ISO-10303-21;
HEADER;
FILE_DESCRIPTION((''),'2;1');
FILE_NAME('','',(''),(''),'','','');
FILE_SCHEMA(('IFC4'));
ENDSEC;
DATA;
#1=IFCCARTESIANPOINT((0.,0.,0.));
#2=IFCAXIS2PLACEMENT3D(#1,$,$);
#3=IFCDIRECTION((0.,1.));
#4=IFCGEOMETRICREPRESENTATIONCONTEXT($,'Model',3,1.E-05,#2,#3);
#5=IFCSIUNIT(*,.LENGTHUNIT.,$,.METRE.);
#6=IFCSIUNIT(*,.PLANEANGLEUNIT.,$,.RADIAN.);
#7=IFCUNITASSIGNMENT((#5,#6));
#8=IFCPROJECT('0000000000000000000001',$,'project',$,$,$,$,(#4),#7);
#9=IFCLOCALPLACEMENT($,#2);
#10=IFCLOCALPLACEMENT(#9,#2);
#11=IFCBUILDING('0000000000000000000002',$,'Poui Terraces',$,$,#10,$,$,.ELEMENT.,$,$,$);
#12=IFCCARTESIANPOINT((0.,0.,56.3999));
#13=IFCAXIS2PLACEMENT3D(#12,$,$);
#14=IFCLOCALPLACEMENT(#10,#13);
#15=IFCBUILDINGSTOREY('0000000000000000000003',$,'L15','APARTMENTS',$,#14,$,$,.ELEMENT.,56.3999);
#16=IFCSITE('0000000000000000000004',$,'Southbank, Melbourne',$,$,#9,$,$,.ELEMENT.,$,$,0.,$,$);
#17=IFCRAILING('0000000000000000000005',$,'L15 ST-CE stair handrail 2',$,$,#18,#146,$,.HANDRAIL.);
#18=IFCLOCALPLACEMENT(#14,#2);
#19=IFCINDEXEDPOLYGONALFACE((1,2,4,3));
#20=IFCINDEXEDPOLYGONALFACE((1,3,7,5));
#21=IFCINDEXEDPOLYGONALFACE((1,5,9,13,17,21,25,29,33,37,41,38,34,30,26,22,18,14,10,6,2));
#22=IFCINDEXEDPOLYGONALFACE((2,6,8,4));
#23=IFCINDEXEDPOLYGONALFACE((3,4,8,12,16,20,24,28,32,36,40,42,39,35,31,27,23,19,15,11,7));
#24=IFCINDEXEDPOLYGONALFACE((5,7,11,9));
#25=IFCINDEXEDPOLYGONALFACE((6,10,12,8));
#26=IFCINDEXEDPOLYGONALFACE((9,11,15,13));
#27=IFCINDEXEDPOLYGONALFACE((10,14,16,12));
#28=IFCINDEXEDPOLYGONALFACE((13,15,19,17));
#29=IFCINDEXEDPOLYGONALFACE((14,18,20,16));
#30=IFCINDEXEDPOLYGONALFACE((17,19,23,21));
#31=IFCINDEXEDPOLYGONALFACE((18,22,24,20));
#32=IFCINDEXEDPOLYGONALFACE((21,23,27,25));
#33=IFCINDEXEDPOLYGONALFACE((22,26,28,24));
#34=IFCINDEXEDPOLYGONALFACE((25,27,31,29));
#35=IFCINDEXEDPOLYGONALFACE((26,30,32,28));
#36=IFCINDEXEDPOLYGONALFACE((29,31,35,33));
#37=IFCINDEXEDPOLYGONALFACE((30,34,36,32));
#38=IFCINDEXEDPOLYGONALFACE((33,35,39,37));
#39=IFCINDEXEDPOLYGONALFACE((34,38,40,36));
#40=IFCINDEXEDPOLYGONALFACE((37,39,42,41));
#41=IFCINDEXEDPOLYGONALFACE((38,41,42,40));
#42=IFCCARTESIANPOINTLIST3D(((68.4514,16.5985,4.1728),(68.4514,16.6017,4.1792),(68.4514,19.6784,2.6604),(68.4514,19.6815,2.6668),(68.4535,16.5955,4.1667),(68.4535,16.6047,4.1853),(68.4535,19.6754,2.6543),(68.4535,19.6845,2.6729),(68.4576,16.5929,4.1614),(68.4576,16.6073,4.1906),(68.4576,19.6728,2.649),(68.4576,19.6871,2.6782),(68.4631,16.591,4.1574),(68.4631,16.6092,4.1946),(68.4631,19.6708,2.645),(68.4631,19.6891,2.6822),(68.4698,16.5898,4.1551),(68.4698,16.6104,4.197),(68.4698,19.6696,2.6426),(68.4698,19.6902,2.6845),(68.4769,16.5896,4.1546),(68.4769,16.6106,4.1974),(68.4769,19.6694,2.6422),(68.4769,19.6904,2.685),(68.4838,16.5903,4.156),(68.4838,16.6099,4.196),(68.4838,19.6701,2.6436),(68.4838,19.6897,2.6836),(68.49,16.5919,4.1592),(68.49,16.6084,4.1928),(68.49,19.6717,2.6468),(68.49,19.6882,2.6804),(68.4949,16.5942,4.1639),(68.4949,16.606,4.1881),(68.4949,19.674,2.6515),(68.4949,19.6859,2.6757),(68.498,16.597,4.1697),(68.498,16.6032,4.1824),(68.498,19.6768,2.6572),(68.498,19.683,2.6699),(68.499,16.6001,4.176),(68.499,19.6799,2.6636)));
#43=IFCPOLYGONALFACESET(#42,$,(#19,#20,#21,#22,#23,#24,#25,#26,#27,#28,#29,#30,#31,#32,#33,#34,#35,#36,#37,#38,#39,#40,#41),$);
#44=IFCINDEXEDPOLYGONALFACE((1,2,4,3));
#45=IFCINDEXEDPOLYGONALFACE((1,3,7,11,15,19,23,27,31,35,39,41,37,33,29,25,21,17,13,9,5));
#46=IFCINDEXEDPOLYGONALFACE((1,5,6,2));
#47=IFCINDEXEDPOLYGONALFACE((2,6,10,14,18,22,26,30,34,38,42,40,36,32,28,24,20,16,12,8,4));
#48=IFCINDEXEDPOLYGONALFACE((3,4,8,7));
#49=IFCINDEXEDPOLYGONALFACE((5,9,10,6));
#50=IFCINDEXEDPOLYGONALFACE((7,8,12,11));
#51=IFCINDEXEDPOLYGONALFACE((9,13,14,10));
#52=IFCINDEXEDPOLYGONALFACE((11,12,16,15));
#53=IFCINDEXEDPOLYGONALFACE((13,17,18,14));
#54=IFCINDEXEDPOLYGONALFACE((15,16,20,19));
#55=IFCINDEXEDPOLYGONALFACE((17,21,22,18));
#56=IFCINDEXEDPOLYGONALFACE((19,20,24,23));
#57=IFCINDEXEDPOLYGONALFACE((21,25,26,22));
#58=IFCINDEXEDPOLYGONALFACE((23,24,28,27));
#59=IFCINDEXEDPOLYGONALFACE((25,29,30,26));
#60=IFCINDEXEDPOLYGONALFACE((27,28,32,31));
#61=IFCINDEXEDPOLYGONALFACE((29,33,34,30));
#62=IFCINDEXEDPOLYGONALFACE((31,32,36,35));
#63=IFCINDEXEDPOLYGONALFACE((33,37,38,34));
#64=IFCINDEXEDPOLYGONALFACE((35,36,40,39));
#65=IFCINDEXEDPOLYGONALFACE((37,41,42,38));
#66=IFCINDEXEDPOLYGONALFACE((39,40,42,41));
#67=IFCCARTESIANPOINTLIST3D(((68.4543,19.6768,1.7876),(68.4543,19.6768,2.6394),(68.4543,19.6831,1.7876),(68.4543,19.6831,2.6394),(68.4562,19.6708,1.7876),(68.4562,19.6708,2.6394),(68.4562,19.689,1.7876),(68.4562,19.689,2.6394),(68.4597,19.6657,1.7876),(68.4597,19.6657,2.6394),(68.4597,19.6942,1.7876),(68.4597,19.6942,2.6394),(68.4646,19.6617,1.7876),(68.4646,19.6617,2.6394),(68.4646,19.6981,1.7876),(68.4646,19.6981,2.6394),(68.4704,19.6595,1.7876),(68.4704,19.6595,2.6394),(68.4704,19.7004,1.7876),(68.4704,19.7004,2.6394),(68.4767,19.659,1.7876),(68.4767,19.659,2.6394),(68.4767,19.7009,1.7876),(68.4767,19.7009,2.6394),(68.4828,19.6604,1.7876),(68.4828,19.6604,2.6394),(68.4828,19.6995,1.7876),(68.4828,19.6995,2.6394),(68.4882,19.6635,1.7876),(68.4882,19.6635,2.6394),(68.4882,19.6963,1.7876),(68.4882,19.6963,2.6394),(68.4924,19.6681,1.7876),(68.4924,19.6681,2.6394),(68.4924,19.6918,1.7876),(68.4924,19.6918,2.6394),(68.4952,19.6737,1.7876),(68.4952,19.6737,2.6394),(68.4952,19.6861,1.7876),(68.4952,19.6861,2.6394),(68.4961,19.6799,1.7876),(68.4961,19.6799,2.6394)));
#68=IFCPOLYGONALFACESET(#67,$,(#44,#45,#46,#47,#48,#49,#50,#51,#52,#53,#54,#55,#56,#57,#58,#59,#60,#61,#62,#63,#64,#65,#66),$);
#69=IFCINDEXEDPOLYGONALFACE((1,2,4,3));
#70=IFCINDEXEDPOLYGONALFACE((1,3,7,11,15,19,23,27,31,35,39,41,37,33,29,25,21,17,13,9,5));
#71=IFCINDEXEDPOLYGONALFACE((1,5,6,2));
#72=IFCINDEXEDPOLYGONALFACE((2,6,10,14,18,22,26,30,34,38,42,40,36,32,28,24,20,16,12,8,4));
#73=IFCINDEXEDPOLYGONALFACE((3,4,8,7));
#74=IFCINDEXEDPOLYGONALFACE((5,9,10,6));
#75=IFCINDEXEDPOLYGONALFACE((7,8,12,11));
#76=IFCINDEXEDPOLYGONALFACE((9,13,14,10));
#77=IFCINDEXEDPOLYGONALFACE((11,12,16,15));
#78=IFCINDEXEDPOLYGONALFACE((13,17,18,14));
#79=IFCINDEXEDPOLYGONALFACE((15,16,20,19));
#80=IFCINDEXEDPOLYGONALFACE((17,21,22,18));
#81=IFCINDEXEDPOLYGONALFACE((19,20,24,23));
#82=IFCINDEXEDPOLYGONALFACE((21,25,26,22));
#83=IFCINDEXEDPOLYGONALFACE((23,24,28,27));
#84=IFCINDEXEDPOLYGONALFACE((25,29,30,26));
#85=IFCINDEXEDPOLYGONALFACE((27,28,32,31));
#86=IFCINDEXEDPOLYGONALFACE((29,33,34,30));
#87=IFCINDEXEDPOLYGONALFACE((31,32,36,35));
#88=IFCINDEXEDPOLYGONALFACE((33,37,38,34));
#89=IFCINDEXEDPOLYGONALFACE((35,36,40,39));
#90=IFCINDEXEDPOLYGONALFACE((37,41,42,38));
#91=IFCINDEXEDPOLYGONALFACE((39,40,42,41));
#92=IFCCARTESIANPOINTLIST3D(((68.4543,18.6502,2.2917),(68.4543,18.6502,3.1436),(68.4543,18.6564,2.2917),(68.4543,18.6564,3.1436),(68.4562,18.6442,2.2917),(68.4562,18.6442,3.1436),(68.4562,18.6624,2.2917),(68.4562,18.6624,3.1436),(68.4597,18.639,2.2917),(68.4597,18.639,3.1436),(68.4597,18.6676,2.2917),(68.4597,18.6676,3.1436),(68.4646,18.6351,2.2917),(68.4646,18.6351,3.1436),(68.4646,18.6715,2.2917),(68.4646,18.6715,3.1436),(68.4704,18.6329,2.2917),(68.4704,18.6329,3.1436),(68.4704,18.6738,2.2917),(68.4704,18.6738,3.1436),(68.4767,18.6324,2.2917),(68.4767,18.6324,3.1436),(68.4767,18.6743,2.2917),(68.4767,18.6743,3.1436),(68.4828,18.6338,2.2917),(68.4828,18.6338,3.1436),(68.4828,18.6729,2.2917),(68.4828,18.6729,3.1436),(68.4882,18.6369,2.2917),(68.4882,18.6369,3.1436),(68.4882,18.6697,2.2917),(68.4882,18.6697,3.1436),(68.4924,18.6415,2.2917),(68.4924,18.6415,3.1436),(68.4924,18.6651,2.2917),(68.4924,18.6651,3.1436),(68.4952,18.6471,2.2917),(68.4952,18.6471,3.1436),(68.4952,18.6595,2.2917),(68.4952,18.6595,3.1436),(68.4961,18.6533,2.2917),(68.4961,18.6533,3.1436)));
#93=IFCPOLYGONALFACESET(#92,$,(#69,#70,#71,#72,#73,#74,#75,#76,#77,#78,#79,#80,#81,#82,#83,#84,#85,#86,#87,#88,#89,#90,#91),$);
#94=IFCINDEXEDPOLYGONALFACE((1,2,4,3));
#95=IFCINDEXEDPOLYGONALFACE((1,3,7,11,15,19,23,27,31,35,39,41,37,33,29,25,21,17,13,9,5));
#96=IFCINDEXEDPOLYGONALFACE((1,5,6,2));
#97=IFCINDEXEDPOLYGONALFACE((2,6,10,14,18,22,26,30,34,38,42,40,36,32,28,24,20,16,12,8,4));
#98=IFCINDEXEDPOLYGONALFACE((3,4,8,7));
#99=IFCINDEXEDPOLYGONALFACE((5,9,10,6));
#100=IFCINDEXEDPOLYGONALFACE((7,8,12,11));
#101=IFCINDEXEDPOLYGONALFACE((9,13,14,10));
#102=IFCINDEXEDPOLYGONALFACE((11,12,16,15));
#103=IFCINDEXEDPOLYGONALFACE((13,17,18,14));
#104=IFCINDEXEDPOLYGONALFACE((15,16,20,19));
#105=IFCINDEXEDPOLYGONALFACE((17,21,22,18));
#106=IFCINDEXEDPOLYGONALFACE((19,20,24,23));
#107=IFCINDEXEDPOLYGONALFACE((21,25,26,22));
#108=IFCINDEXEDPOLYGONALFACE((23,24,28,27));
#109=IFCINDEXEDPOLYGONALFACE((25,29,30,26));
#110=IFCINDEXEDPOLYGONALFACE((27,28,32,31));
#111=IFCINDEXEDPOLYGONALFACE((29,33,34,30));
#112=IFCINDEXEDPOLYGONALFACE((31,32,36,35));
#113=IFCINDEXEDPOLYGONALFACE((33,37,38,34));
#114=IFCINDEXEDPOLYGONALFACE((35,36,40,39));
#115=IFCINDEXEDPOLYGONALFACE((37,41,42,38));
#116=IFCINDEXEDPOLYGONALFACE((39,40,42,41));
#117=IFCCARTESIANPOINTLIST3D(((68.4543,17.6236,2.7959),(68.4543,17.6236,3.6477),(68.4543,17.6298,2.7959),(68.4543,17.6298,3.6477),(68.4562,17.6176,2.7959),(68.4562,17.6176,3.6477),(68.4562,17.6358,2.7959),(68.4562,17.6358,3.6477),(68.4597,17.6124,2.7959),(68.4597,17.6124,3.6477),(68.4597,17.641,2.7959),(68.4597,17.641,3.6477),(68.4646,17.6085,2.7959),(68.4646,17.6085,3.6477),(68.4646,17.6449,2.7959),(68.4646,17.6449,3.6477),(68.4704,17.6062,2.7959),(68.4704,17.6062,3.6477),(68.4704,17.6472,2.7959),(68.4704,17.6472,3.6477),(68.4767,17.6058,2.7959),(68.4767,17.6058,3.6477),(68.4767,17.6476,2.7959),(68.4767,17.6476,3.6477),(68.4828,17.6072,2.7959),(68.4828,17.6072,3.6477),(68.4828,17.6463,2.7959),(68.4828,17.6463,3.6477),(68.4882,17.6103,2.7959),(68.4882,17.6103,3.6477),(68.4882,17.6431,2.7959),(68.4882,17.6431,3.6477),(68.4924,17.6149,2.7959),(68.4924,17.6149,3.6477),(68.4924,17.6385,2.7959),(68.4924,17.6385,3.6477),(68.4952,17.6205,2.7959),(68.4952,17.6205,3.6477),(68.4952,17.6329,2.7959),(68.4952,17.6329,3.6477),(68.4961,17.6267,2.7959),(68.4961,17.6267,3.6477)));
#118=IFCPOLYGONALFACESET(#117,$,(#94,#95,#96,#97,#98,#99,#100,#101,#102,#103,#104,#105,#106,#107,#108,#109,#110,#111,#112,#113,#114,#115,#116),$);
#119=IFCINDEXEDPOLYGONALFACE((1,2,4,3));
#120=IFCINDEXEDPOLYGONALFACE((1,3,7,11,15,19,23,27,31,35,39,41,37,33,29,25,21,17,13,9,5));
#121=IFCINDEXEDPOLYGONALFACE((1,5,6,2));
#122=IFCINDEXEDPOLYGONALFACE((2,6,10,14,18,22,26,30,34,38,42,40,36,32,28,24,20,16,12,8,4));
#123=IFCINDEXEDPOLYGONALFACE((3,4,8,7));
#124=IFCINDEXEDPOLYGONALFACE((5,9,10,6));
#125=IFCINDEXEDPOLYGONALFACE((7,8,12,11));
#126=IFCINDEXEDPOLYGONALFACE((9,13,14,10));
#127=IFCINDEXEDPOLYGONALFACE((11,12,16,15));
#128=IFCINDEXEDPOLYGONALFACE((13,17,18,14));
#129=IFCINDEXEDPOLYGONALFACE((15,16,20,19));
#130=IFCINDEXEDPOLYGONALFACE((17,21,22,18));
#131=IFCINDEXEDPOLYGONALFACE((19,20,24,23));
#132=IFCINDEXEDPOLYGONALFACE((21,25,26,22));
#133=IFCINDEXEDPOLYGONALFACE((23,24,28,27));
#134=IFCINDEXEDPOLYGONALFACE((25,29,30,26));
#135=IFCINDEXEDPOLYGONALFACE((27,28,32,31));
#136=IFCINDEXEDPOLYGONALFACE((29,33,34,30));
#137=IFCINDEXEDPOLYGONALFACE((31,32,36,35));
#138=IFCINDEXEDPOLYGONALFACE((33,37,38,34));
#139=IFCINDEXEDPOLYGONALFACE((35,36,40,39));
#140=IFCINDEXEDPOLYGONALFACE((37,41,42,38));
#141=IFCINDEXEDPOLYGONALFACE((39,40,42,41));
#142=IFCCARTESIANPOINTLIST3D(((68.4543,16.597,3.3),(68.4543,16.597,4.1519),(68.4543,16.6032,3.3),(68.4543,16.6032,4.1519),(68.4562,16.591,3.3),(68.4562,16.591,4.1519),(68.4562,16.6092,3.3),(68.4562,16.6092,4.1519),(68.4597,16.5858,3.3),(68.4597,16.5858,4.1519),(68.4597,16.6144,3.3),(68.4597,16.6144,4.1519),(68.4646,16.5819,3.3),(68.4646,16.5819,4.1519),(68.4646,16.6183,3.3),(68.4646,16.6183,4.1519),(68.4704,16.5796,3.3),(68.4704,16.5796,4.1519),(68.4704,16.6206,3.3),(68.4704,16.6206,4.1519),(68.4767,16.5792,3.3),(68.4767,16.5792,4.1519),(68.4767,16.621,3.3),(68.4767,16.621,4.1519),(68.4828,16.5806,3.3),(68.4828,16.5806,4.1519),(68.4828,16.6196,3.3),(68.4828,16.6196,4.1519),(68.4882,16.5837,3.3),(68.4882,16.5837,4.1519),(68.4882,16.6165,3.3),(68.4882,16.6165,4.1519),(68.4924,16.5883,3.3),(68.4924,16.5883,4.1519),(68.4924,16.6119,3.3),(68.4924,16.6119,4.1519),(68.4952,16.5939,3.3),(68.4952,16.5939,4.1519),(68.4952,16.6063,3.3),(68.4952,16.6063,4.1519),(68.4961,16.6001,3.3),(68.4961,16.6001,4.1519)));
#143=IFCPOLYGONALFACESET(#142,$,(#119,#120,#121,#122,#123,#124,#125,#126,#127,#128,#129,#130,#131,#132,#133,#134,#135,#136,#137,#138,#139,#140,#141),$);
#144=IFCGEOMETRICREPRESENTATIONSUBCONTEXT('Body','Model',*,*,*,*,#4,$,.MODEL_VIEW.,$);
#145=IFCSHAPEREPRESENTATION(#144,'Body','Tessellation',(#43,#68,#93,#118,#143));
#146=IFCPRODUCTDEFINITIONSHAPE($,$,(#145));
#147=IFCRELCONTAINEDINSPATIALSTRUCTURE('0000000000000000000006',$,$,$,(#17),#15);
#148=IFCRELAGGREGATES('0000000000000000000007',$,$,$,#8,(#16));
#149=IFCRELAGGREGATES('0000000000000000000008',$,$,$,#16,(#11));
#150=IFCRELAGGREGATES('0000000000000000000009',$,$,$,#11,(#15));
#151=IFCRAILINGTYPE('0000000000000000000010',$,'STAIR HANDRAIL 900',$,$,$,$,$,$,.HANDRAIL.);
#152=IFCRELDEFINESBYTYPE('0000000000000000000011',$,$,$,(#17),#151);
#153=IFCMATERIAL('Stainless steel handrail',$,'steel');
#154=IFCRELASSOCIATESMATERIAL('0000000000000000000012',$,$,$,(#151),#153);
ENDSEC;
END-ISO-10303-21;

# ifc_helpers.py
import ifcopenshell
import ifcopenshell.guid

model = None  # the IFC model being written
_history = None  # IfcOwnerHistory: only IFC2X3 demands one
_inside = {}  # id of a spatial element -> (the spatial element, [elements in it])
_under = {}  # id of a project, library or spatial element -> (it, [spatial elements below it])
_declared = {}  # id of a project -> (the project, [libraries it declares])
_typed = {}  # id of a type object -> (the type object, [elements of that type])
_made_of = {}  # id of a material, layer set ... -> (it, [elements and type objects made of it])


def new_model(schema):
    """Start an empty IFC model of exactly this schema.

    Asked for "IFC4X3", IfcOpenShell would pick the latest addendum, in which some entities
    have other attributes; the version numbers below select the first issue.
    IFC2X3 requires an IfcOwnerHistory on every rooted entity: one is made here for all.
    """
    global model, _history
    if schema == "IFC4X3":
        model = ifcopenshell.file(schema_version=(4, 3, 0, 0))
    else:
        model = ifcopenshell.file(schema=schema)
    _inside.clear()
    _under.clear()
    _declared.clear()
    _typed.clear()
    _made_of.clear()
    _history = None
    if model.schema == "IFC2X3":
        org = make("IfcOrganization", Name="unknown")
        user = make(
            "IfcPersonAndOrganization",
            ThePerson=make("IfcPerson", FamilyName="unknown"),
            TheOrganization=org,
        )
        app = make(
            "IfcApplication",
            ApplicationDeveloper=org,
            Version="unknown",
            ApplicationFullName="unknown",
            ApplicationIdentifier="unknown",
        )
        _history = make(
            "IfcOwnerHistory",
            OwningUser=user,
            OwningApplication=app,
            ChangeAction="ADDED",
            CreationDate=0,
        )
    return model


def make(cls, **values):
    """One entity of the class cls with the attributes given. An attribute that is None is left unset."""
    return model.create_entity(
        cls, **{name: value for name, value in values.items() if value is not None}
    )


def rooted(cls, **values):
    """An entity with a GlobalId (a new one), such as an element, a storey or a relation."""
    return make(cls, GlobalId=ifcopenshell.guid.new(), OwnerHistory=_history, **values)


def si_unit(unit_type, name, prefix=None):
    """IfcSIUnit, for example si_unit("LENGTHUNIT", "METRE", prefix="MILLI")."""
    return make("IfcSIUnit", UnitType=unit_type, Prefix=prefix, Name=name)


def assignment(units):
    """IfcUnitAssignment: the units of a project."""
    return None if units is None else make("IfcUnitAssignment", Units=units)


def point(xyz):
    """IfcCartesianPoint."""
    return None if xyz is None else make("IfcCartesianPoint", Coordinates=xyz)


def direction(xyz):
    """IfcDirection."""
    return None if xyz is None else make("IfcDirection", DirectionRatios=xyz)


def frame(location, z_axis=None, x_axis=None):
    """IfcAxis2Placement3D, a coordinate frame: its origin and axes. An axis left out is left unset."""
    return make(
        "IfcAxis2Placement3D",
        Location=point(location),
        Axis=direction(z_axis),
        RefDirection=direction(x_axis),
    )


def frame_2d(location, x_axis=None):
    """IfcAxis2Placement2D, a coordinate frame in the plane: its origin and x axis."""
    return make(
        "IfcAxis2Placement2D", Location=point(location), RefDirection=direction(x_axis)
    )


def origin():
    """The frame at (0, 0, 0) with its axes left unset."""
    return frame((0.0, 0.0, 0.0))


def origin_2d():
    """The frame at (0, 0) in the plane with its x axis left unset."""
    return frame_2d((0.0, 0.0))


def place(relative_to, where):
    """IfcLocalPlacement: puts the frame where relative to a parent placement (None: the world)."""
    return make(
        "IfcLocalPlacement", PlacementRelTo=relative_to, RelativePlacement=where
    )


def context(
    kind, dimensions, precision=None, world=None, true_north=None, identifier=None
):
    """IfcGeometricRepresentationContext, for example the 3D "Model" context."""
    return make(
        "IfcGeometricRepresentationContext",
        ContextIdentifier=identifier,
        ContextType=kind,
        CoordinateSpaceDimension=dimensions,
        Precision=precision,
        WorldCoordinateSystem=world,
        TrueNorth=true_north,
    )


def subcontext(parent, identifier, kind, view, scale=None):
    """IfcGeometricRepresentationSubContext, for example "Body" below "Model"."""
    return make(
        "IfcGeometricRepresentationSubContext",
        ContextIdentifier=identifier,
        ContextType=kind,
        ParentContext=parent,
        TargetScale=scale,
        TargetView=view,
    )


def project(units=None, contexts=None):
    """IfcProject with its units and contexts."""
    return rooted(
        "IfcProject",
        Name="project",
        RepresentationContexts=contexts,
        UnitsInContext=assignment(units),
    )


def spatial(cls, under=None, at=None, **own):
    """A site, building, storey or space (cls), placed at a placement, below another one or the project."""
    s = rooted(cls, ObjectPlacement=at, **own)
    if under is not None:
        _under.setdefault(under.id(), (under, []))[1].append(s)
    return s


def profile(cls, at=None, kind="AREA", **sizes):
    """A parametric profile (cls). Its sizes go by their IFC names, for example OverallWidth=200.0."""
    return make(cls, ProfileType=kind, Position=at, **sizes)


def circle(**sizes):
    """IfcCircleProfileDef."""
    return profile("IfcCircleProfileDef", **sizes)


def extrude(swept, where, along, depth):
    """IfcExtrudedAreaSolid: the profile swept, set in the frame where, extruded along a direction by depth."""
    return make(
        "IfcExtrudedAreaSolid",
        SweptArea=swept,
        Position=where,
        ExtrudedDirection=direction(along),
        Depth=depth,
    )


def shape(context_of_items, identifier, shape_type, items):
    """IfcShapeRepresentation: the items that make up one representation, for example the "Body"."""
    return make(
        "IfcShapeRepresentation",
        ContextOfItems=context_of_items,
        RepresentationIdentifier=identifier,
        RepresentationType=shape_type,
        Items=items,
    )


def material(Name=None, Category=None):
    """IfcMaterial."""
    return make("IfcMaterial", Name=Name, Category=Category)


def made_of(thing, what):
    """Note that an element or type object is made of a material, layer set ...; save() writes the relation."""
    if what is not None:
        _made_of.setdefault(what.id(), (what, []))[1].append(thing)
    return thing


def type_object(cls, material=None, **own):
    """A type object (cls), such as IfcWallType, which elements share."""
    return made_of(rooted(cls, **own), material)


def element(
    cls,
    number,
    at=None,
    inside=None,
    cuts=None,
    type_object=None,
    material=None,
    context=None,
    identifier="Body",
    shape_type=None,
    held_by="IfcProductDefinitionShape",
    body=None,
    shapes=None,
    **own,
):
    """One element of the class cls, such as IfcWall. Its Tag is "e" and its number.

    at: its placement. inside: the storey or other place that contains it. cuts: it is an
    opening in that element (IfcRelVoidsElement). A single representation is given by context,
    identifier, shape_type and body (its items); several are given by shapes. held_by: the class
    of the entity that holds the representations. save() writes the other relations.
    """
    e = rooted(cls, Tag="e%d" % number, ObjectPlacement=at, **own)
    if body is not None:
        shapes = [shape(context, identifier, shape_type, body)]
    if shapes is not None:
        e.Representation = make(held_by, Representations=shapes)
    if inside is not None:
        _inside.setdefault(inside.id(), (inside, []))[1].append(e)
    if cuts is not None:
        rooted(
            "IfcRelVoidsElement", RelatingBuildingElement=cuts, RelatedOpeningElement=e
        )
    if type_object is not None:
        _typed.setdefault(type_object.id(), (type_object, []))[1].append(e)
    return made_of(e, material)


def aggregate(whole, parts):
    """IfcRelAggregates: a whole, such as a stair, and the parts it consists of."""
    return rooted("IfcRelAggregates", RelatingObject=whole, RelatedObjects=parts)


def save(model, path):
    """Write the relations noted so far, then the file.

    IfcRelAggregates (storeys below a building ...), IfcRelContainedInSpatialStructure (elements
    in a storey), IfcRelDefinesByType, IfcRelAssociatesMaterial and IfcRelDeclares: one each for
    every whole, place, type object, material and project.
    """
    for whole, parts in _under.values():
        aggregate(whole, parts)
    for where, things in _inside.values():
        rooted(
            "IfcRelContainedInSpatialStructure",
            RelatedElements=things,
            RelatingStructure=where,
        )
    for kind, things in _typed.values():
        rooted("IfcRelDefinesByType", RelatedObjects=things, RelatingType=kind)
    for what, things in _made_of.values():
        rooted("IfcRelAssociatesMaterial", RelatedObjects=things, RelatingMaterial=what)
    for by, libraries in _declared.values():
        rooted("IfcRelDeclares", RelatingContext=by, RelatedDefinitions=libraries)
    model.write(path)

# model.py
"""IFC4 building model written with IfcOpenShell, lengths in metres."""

from ifc_helpers import new_model, si_unit, direction, frame, origin, origin_2d, place, context, subcontext, project, spatial, circle, extrude, material, type_object, element, save


model = new_model("IFC4")

# Units and contexts
model_context = context("Model", 3, precision=1e-05, world=origin(), true_north=direction((0.0, 1.0)))
body_context = subcontext(model_context, "Body", "Model", "MODEL_VIEW")
ifc_project = project(units=[si_unit("LENGTHUNIT", "METRE"), si_unit("PLANEANGLEUNIT", "RADIAN")], contexts=[model_context])

# Site, building, storey
site_placement = place(None, origin())
site = spatial("IfcSite", under=ifc_project, at=site_placement, Name="Southbank, Melbourne", CompositionType="ELEMENT", RefElevation=0.0)
building_placement = place(site_placement, origin())
building = spatial("IfcBuilding", under=site, at=building_placement, Name="Poui Terraces", CompositionType="ELEMENT")
storey_placement = place(building_placement, frame((0.0, 0.0, 56.3999)))
storey = spatial("IfcBuildingStorey", under=building, at=storey_placement, Name="L15", Description="APARTMENTS", CompositionType="ELEMENT", Elevation=56.3999)

# Railing
ifc_material_1 = material(Name="Stainless steel handrail", Category="steel")
railing_type = type_object("IfcRailingType", Name="STAIR HANDRAIL 900", PredefinedType="HANDRAIL", material=ifc_material_1)
railing_placement = place(storey_placement, frame((68.4751, 19.6799, 1.7876)))
element("IfcRailing", 1, at=railing_placement, inside=storey, type_object=railing_type, Name="L15 ST-CE stair handrail 2", PredefinedType="HANDRAIL", context=body_context, shape_type="SweptSolid", body=[
    extrude(circle(Radius=0.0239, at=origin_2d()), frame((0.0, 0.0, 0.876), z_axis=(0.0, -0.897606, 0.440798), x_axis=(1.0, 0.0, 0.0)), (0.0, 0.0, 1.0), 3.4312),
    extrude(circle(Radius=0.021, at=origin_2d()), origin(), (0.0, 0.0, 1.0), 0.8518),
    extrude(circle(Radius=0.021, at=origin_2d()), frame((0.0, -1.0266, 0.5042)), (0.0, 0.0, 1.0), 0.8518),
    extrude(circle(Radius=0.021, at=origin_2d()), frame((0.0, -2.0532, 1.0083)), (0.0, 0.0, 1.0), 0.8518),
    extrude(circle(Radius=0.021, at=origin_2d()), frame((0.0, -3.0798, 1.5125)), (0.0, 0.0, 1.0), 0.8518),
])

save(model, "model.ifc")
